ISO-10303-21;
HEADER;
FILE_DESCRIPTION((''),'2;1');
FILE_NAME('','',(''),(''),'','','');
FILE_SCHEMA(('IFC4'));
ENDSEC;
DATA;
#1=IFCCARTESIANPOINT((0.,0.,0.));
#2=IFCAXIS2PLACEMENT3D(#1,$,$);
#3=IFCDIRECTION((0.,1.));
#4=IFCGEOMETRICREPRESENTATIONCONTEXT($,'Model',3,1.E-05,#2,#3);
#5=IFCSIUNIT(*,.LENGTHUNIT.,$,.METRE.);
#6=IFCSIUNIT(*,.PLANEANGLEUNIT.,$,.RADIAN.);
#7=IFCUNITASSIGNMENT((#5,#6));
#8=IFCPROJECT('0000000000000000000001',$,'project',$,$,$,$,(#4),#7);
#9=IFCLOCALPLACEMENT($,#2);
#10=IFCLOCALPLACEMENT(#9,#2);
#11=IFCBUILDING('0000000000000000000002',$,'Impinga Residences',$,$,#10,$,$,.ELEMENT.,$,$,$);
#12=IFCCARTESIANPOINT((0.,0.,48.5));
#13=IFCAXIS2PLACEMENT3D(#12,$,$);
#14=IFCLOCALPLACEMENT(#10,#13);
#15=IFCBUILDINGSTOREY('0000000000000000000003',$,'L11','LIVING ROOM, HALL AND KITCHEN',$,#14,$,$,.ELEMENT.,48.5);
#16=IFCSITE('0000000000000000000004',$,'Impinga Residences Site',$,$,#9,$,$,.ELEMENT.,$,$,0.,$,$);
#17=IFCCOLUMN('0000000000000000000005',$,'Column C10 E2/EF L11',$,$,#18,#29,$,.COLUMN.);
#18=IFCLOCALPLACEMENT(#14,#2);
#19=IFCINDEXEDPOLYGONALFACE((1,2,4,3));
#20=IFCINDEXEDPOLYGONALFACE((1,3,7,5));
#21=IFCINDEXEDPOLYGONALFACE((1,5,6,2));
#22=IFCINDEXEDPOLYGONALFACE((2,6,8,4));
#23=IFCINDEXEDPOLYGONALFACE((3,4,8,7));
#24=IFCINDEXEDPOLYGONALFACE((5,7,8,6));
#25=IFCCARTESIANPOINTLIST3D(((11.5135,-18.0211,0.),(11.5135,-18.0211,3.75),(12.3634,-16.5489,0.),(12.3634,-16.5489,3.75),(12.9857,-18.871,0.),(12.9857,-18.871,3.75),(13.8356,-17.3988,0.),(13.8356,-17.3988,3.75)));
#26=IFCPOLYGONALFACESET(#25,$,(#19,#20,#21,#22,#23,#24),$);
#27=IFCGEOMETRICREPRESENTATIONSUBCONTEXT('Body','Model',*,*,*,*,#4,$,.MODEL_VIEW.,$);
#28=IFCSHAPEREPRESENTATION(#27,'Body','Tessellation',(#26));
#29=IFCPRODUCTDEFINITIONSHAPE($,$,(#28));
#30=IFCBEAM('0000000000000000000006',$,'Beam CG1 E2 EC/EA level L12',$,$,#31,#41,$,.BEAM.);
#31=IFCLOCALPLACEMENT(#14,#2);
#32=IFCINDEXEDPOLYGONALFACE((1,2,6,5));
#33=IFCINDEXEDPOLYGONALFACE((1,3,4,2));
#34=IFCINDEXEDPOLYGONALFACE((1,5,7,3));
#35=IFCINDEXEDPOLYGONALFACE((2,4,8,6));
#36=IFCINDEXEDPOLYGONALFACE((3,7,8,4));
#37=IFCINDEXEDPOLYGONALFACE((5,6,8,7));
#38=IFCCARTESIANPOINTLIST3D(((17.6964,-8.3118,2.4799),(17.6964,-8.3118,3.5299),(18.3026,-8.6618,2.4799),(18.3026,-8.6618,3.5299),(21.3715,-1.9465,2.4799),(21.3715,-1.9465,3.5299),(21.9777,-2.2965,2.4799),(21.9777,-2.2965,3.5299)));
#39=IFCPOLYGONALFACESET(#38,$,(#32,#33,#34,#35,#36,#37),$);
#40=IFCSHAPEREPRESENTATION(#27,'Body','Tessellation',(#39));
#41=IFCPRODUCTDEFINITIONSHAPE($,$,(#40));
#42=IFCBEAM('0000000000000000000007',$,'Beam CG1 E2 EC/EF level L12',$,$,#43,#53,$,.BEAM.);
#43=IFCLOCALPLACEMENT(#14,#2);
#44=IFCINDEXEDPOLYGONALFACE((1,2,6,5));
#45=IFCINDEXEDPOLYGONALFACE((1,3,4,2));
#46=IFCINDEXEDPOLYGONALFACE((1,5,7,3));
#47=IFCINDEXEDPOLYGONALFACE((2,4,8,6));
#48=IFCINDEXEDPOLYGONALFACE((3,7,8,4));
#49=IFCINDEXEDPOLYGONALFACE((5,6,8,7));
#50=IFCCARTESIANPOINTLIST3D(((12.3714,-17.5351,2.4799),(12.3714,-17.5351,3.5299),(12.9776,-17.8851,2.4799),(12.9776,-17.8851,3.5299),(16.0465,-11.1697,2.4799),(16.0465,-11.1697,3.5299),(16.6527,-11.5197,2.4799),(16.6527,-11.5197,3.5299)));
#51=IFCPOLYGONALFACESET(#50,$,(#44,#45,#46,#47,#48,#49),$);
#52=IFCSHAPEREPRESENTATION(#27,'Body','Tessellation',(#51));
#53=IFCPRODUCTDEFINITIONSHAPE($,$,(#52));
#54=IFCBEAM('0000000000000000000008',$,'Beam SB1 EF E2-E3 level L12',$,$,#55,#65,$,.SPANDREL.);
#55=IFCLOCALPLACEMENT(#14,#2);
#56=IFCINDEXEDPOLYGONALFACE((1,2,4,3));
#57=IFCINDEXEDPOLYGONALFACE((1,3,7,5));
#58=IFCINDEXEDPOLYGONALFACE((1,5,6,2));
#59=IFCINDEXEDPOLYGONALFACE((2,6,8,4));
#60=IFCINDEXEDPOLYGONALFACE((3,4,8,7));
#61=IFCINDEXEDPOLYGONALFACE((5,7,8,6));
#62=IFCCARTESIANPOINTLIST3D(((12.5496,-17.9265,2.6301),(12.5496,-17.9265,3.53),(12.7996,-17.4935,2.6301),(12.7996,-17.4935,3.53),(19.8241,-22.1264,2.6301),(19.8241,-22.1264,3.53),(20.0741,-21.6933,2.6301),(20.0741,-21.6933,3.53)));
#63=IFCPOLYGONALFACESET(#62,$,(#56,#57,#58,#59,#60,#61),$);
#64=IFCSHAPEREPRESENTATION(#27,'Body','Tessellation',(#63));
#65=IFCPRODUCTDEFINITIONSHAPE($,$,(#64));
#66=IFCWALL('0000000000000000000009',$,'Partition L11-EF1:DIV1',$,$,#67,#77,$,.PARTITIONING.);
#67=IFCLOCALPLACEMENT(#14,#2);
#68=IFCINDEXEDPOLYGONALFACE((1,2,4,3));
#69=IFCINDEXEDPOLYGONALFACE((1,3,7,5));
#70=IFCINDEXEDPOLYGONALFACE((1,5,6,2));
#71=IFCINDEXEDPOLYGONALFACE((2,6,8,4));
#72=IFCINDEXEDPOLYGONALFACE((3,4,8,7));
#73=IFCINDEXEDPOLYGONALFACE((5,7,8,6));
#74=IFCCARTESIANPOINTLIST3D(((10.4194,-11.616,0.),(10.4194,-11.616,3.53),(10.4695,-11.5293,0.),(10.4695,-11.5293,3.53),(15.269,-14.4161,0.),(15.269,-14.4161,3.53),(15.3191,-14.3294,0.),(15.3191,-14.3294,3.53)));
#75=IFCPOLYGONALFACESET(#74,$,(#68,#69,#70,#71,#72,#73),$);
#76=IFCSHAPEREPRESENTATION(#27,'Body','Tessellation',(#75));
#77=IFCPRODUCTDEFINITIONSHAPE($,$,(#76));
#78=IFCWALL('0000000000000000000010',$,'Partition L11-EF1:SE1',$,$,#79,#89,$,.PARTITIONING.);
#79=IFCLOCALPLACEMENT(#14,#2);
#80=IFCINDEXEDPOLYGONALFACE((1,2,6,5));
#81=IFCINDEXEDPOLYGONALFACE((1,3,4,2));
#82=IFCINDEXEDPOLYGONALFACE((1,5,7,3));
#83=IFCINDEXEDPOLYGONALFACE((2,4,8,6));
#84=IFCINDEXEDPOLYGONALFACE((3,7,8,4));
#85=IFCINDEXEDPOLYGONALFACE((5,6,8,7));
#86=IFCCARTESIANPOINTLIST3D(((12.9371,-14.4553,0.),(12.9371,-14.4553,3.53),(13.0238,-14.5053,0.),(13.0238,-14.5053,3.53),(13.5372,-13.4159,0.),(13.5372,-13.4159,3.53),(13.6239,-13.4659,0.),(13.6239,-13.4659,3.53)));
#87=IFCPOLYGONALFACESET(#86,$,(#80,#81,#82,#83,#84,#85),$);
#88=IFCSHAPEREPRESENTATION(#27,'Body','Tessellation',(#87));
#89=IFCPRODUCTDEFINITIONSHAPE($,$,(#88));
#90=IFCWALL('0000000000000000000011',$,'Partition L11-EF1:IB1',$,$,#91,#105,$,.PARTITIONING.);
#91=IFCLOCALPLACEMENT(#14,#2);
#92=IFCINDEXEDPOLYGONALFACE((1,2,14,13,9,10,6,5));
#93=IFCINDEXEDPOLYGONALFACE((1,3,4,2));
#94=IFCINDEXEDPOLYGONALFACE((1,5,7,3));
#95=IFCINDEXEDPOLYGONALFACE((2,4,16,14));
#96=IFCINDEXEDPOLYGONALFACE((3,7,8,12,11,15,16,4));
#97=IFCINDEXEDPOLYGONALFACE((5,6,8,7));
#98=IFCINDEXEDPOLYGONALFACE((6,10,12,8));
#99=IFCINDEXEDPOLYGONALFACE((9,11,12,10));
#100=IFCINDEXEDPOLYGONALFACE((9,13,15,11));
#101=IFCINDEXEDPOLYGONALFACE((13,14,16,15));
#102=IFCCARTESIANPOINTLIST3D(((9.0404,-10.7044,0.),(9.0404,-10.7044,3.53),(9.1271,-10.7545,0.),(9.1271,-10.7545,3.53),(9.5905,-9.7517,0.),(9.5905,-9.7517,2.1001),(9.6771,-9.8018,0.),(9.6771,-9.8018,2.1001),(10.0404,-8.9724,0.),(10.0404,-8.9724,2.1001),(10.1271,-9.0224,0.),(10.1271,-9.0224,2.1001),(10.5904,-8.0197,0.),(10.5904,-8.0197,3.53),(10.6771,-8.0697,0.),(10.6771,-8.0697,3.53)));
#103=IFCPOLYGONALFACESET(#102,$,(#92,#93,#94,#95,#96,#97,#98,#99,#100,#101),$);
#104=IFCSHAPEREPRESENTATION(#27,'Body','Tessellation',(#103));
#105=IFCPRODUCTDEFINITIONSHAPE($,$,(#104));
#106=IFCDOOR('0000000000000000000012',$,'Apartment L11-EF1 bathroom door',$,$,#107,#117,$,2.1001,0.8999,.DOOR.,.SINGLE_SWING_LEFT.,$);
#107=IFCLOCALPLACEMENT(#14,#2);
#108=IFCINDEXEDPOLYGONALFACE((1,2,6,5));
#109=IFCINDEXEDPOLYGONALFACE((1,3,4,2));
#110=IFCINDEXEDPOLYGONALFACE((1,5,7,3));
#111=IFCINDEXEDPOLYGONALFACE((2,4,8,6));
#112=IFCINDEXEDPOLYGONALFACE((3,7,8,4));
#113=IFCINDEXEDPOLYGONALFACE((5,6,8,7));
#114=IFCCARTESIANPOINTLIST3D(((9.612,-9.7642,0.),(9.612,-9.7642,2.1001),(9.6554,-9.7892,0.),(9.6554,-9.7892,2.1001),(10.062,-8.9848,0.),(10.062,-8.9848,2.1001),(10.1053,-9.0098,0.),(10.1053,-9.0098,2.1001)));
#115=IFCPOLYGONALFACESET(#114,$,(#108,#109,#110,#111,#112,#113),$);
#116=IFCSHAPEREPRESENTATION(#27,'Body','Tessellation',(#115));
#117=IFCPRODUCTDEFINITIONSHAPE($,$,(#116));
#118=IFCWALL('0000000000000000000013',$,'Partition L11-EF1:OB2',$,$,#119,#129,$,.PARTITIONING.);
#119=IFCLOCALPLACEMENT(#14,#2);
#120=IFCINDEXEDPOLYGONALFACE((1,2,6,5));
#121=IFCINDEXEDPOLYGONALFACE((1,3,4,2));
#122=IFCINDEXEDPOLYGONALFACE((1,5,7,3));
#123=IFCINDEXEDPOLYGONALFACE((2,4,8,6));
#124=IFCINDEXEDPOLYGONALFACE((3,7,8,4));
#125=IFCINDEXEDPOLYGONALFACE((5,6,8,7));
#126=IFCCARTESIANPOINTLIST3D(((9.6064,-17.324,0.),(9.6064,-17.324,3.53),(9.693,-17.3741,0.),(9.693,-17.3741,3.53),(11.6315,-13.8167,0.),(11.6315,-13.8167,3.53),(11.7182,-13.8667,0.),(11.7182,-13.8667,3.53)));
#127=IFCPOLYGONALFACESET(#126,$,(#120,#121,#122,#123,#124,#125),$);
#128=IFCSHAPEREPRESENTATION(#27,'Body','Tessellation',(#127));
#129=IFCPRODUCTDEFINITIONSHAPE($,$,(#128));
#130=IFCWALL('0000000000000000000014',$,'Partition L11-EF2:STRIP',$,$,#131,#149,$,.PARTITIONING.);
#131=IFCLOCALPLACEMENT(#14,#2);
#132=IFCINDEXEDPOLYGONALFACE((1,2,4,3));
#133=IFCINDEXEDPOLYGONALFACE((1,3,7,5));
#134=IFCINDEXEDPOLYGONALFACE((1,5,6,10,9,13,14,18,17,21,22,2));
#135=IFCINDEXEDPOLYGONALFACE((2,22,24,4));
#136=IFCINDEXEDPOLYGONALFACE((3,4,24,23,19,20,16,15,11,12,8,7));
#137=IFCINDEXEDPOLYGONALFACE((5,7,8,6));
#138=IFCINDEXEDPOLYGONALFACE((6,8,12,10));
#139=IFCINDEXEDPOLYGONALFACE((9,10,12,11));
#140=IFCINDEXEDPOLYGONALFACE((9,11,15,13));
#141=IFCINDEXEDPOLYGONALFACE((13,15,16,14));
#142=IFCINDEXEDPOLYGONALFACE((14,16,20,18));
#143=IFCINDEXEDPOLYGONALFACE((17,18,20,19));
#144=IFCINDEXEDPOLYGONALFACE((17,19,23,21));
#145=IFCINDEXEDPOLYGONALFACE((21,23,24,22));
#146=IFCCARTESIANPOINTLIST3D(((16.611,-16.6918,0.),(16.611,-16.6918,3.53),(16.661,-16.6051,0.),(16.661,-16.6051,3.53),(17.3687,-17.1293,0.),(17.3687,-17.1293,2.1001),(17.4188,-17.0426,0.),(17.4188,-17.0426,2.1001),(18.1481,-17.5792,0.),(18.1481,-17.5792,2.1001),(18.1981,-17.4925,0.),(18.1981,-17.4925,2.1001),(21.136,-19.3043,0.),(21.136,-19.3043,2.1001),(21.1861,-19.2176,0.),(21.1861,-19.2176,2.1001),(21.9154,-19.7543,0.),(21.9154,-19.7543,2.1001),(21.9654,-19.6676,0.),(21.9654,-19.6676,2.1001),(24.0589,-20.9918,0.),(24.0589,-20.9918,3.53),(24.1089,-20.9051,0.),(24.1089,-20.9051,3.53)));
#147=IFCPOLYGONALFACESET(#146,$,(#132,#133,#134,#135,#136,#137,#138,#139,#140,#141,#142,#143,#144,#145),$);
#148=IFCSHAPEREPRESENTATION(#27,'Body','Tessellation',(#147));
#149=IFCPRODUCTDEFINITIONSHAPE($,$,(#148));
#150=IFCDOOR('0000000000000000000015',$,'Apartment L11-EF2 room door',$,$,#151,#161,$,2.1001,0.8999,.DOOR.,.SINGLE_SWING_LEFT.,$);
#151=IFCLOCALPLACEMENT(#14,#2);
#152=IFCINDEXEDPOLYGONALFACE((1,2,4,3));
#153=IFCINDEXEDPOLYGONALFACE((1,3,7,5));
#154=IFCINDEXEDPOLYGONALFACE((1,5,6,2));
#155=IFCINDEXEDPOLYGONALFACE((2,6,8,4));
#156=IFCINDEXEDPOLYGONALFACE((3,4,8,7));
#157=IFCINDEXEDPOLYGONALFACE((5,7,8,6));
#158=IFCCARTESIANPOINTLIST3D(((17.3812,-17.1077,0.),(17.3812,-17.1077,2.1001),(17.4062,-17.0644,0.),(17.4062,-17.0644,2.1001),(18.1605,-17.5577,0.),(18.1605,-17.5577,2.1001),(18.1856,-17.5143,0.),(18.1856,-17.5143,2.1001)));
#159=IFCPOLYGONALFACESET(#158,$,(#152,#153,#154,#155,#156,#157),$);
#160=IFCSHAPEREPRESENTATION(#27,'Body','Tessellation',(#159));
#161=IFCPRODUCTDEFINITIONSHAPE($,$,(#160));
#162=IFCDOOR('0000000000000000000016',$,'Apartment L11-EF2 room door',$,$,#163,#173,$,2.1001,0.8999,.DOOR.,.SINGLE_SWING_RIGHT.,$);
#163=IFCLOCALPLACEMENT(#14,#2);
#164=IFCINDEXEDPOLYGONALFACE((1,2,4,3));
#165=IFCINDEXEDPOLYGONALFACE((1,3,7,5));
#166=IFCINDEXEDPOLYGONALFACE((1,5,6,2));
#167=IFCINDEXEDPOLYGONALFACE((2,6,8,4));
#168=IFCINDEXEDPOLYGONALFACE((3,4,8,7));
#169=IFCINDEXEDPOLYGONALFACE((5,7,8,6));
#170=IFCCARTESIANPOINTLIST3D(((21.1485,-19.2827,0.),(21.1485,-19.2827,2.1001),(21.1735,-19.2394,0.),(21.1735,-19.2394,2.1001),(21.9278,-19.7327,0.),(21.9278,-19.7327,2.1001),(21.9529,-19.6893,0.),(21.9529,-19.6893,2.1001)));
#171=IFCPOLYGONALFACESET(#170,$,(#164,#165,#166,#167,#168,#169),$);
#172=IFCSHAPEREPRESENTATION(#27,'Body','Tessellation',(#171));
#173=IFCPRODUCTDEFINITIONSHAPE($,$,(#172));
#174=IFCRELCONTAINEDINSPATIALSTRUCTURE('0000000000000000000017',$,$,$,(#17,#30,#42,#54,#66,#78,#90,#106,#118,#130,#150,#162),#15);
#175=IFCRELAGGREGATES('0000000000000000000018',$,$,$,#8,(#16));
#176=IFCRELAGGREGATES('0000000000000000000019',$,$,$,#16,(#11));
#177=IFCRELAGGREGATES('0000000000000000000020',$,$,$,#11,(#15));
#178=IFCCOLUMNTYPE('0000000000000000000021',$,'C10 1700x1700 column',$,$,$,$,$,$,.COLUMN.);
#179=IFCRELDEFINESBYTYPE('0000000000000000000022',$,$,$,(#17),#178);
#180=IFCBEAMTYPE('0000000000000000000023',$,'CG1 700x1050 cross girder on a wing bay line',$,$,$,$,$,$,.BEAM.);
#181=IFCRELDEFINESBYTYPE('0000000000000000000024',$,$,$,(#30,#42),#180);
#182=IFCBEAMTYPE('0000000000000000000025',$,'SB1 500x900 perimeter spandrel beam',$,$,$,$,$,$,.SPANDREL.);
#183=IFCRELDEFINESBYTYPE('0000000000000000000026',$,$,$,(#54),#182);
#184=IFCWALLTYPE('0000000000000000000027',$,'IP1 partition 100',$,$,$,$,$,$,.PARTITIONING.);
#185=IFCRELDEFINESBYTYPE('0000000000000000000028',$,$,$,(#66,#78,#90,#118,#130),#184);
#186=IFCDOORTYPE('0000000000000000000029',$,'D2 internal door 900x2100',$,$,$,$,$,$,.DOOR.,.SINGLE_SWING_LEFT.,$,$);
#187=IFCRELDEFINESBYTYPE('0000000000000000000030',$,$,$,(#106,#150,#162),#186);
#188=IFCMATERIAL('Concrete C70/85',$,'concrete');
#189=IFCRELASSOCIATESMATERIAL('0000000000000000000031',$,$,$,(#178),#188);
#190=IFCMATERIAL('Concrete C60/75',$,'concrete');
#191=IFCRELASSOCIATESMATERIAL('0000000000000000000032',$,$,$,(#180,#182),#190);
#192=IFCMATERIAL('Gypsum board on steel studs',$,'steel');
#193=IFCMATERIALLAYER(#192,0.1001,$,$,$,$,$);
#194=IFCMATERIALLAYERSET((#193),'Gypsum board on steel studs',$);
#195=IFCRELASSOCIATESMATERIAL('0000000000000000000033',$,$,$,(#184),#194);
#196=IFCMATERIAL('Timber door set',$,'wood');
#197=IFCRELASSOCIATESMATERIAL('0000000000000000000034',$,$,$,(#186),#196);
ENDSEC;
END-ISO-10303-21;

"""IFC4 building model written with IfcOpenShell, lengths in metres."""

from ifc_helpers import new_model, si_unit, direction, frame, frame_2d, origin, origin_2d, place, context, subcontext, project, spatial, rectangle, extrude, material, layer, layer_set, material_profile, profile_set, type_object, element, fill, save


model = new_model("IFC4")

# Units and contexts
model_context = context("Model", 3, precision=1e-05, world=origin(), true_north=direction((0.0, 1.0)))
body_context = subcontext(model_context, "Body", "Model", "MODEL_VIEW")
ifc_project = project(units=[si_unit("LENGTHUNIT", "METRE"), si_unit("PLANEANGLEUNIT", "RADIAN")], contexts=[model_context])

# Site, building, storey
site_placement = place(None, origin())
site = spatial("IfcSite", under=ifc_project, at=site_placement, Name="Impinga Residences Site", CompositionType="ELEMENT", RefElevation=0.0)
building_placement = place(site_placement, origin())
building = spatial("IfcBuilding", under=site, at=building_placement, Name="Impinga Residences", CompositionType="ELEMENT")
storey_placement = place(building_placement, frame((0.0, 0.0, 48.5)))
storey = spatial("IfcBuildingStorey", under=building, at=storey_placement, Name="L11", Description="LIVING ROOM, HALL AND KITCHEN", CompositionType="ELEMENT", Elevation=48.5)

# Column
ifc_material_1 = material(Name="Concrete C70/85", Category="concrete")
ifc_material_profile_1 = material_profile(ifc_material_1, rectangle(XDim=1.7, YDim=1.7, at=origin_2d()), Name="RC 1700x1700")
ifc_profile_set_1 = profile_set([ifc_material_profile_1], Name="Concrete C70/85")
column_type = type_object("IfcColumnType", Name="C10 1700x1700 column", PredefinedType="COLUMN", material=ifc_profile_set_1)
column_placement = place(storey_placement, frame((12.6746, -17.71, 0.0), z_axis=(0.0, 0.0, 1.0), x_axis=(-0.5, -0.866025, 0.0)))
element("IfcColumn", 1, at=column_placement, inside=storey, type_object=column_type, Name="Column C10 E2/EF L11", PredefinedType="COLUMN", context=body_context, shape_type="SweptSolid", body=[
    extrude(rectangle(XDim=1.7, YDim=1.7, at=origin_2d()), origin(), (0.0, 0.0, 1.0), 3.75),
])

# Beams
ifc_material_2 = material(Name="Concrete C60/75", Category="concrete")
ifc_material_profile_2 = material_profile(ifc_material_2, rectangle(XDim=0.7, YDim=1.05, at=origin_2d()), Name="RC 700x1050")
ifc_profile_set_2 = profile_set([ifc_material_profile_2], Name="Concrete C60/75")
beam_type_1 = type_object("IfcBeamType", Name="CG1 700x1050 cross girder on a wing bay line", PredefinedType="BEAM", material=ifc_profile_set_2)
for number, where, z_axis, x_axis, name in (
    (2, (17.9995, -8.4868, 3.0049), (0.500008, 0.866021, 0.0), (-0.866021, 0.500008, 0.0), "Beam CG1 E2 EC/EA level L12"),
    (3, (16.3496, -11.3447, 3.0049), (-0.500008, -0.866021, 0.0), (0.866021, -0.500008, 0.0), "Beam CG1 E2 EC/EF level L12"),
):
    element("IfcBeam", number, at=place(storey_placement, frame(where, z_axis=z_axis, x_axis=x_axis)), inside=storey, type_object=beam_type_1, Name=name, PredefinedType="BEAM", context=body_context, shape_type="SweptSolid", body=[
        extrude(rectangle(XDim=0.7, YDim=1.05, at=origin_2d()), origin(), (0.0, 0.0, 1.0), 7.3501),
    ])
ifc_material_profile_3 = material_profile(ifc_material_2, rectangle(XDim=0.5, YDim=0.8999, at=origin_2d()), Name="RC 500x900")
ifc_profile_set_3 = profile_set([ifc_material_profile_3], Name="Concrete C60/75")
beam_type_2 = type_object("IfcBeamType", Name="SB1 500x900 perimeter spandrel beam", PredefinedType="SPANDREL", material=ifc_profile_set_3)
beam_placement = place(storey_placement, frame((12.6746, -17.71, 3.0801), z_axis=(0.866029, -0.499993, 0.0), x_axis=(0.499993, 0.866029, 0.0)))
element("IfcBeam", 4, at=beam_placement, inside=storey, type_object=beam_type_2, Name="Beam SB1 EF E2-E3 level L12", PredefinedType="SPANDREL", context=body_context, shape_type="SweptSolid", body=[
    extrude(rectangle(XDim=0.5, YDim=0.8999, at=origin_2d()), origin(), (0.0, 0.0, 1.0), 8.3999),
])

# Walls
ifc_material_3 = material(Name="Gypsum board on steel studs", Category="steel")
ifc_layer_1 = layer(ifc_material_3, 0.1001)
ifc_layer_set_1 = layer_set([ifc_layer_1], Name="Gypsum board on steel studs")
wall_type_1 = type_object("IfcWallType", Name="IP1 partition 100", PredefinedType="PARTITIONING", material=ifc_layer_set_1)
wall_1_placement = place(storey_placement, frame((10.4446, -11.5728, 0.0), z_axis=(0.0, 0.0, 1.0), x_axis=(0.866016, -0.500017, 0.0)))
element("IfcWall", 5, at=wall_1_placement, inside=storey, type_object=wall_type_1, Name="Partition L11-EF1:DIV1", PredefinedType="PARTITIONING", context=body_context, shape_type="SweptSolid", body=[
    extrude(rectangle(XDim=5.5999, YDim=0.1001, at=frame_2d((2.7998, 0.0))), origin(), (0.0, 0.0, 1.0), 3.53),
])
wall_2_placement = place(storey_placement, frame((13.5806, -13.4409, 0.0), z_axis=(0.0, 0.0, 1.0), x_axis=(-0.500034, -0.866006, 0.0)))
element("IfcWall", 6, at=wall_2_placement, inside=storey, type_object=wall_type_1, Name="Partition L11-EF1:SE1", PredefinedType="PARTITIONING", context=body_context, shape_type="SweptSolid", body=[
    extrude(rectangle(XDim=1.2002, YDim=0.1001, at=frame_2d((0.6001, 0.0))), origin(), (0.0, 0.0, 1.0), 3.53),
])

# Wall, opening, door
wall_3_placement = place(storey_placement, frame((10.6338, -8.0447, 0.0), z_axis=(0.0, 0.0, 1.0), x_axis=(-0.499993, -0.86603, 0.0)))
wall_3 = element("IfcWall", 7, at=wall_3_placement, inside=storey, type_object=wall_type_1, Name="Partition L11-EF1:IB1", PredefinedType="PARTITIONING", context=body_context, shape_type="SweptSolid", body=[
    extrude(rectangle(XDim=3.1001, YDim=0.1001, at=frame_2d((1.55, 0.0))), origin(), (0.0, 0.0, 1.0), 3.53),
])
opening_1_placement = place(wall_3_placement, frame((1.1001, 0.0, 0.0)))
opening_1 = element("IfcOpeningElement", 8, at=opening_1_placement, cuts=wall_3, PredefinedType="OPENING", context=body_context, shape_type="SweptSolid", body=[
    extrude(rectangle(XDim=0.8999, YDim=2.1001, at=frame_2d((0.45, 1.05))), frame((0.0, 0.0601, 0.0), z_axis=(0.0, -1.0, 0.0), x_axis=(1.0, 0.0, 0.0)), (0.0, 0.0, 1.0), 0.1201),
])
ifc_material_4 = material(Name="Timber door set", Category="wood")
door_type = type_object("IfcDoorType", Name="D2 internal door 900x2100", OperationType="SINGLE_SWING_LEFT", PredefinedType="DOOR", material=ifc_material_4)
door_1_placement = place(opening_1_placement, origin())
door_1 = element("IfcDoor", 9, at=door_1_placement, inside=storey, type_object=door_type, Name="Apartment L11-EF1 bathroom door", OperationType="SINGLE_SWING_LEFT", OverallHeight=2.1001, OverallWidth=0.8999, PredefinedType="DOOR", context=body_context, shape_type="SweptSolid", body=[
    extrude(rectangle(XDim=0.8999, YDim=2.1001, at=frame_2d((0.45, 1.05))), frame((0.0, 0.0249, 0.0), z_axis=(0.0, -1.0, 0.0), x_axis=(1.0, 0.0, 0.0)), (0.0, 0.0, 1.0), 0.05),
])
fill(opening_1, door_1)

# Wall
wall_4_placement = place(storey_placement, frame((11.6748, -13.8418, 0.0), z_axis=(0.0, 0.0, 1.0), x_axis=(-0.500036, -0.866005, 0.0)))
element("IfcWall", 10, at=wall_4_placement, inside=storey, type_object=wall_type_1, Name="Partition L11-EF1:OB2", PredefinedType="PARTITIONING", context=body_context, shape_type="SweptSolid", body=[
    extrude(rectangle(XDim=4.05, YDim=0.1001, at=frame_2d((2.0249, 0.0))), origin(), (0.0, 0.0, 1.0), 3.53),
])

# Wall, openings, doors
wall_5_placement = place(storey_placement, frame((16.636, -16.6484, 0.0), z_axis=(0.0, 0.0, 1.0), x_axis=(0.866028, -0.499995, 0.0)))
wall_5 = element("IfcWall", 11, at=wall_5_placement, inside=storey, type_object=wall_type_1, Name="Partition L11-EF2:STRIP", PredefinedType="PARTITIONING", context=body_context, shape_type="SweptSolid", body=[
    extrude(rectangle(XDim=8.6001, YDim=0.1001, at=frame_2d((4.3, 0.0))), origin(), (0.0, 0.0, 1.0), 3.53),
])
opening_2_placement = place(wall_5_placement, frame((0.875, 0.0, 0.0)))
opening_2 = element("IfcOpeningElement", 12, at=opening_2_placement, cuts=wall_5, PredefinedType="OPENING", context=body_context, shape_type="SweptSolid", body=[
    extrude(rectangle(XDim=0.8999, YDim=2.1001, at=frame_2d((0.45, 1.05))), frame((0.0, 0.0601, 0.0), z_axis=(0.0, -1.0, 0.0), x_axis=(1.0, 0.0, 0.0)), (0.0, 0.0, 1.0), 0.1201),
])
opening_3_placement = place(wall_5_placement, frame((5.2251, 0.0, 0.0)))
opening_3 = element("IfcOpeningElement", 13, at=opening_3_placement, cuts=wall_5, PredefinedType="OPENING", context=body_context, shape_type="SweptSolid", body=[
    extrude(rectangle(XDim=0.8999, YDim=2.1001, at=frame_2d((0.45, 1.05))), frame((0.0, 0.0601, 0.0), z_axis=(0.0, -1.0, 0.0), x_axis=(1.0, 0.0, 0.0)), (0.0, 0.0, 1.0), 0.1201),
])
door_2_placement = place(opening_2_placement, origin())
door_2 = element("IfcDoor", 14, at=door_2_placement, inside=storey, type_object=door_type, Name="Apartment L11-EF2 room door", OperationType="SINGLE_SWING_LEFT", OverallHeight=2.1001, OverallWidth=0.8999, PredefinedType="DOOR", context=body_context, shape_type="SweptSolid", body=[
    extrude(rectangle(XDim=0.8999, YDim=2.1001, at=frame_2d((0.45, 1.05))), frame((0.0, 0.0249, 0.0), z_axis=(0.0, -1.0, 0.0), x_axis=(1.0, 0.0, 0.0)), (0.0, 0.0, 1.0), 0.05),
])
fill(opening_2, door_2)
door_3_placement = place(opening_3_placement, origin())
door_3 = element("IfcDoor", 15, at=door_3_placement, inside=storey, type_object=door_type, Name="Apartment L11-EF2 room door", OperationType="SINGLE_SWING_RIGHT", OverallHeight=2.1001, OverallWidth=0.8999, PredefinedType="DOOR", context=body_context, shape_type="SweptSolid", body=[
    extrude(rectangle(XDim=0.8999, YDim=2.1001, at=frame_2d((0.45, 1.05))), frame((0.0, 0.0249, 0.0), z_axis=(0.0, -1.0, 0.0), x_axis=(1.0, 0.0, 0.0)), (0.0, 0.0, 1.0), 0.05),
])
fill(opening_3, door_3)

save(model, "model.ifc")
